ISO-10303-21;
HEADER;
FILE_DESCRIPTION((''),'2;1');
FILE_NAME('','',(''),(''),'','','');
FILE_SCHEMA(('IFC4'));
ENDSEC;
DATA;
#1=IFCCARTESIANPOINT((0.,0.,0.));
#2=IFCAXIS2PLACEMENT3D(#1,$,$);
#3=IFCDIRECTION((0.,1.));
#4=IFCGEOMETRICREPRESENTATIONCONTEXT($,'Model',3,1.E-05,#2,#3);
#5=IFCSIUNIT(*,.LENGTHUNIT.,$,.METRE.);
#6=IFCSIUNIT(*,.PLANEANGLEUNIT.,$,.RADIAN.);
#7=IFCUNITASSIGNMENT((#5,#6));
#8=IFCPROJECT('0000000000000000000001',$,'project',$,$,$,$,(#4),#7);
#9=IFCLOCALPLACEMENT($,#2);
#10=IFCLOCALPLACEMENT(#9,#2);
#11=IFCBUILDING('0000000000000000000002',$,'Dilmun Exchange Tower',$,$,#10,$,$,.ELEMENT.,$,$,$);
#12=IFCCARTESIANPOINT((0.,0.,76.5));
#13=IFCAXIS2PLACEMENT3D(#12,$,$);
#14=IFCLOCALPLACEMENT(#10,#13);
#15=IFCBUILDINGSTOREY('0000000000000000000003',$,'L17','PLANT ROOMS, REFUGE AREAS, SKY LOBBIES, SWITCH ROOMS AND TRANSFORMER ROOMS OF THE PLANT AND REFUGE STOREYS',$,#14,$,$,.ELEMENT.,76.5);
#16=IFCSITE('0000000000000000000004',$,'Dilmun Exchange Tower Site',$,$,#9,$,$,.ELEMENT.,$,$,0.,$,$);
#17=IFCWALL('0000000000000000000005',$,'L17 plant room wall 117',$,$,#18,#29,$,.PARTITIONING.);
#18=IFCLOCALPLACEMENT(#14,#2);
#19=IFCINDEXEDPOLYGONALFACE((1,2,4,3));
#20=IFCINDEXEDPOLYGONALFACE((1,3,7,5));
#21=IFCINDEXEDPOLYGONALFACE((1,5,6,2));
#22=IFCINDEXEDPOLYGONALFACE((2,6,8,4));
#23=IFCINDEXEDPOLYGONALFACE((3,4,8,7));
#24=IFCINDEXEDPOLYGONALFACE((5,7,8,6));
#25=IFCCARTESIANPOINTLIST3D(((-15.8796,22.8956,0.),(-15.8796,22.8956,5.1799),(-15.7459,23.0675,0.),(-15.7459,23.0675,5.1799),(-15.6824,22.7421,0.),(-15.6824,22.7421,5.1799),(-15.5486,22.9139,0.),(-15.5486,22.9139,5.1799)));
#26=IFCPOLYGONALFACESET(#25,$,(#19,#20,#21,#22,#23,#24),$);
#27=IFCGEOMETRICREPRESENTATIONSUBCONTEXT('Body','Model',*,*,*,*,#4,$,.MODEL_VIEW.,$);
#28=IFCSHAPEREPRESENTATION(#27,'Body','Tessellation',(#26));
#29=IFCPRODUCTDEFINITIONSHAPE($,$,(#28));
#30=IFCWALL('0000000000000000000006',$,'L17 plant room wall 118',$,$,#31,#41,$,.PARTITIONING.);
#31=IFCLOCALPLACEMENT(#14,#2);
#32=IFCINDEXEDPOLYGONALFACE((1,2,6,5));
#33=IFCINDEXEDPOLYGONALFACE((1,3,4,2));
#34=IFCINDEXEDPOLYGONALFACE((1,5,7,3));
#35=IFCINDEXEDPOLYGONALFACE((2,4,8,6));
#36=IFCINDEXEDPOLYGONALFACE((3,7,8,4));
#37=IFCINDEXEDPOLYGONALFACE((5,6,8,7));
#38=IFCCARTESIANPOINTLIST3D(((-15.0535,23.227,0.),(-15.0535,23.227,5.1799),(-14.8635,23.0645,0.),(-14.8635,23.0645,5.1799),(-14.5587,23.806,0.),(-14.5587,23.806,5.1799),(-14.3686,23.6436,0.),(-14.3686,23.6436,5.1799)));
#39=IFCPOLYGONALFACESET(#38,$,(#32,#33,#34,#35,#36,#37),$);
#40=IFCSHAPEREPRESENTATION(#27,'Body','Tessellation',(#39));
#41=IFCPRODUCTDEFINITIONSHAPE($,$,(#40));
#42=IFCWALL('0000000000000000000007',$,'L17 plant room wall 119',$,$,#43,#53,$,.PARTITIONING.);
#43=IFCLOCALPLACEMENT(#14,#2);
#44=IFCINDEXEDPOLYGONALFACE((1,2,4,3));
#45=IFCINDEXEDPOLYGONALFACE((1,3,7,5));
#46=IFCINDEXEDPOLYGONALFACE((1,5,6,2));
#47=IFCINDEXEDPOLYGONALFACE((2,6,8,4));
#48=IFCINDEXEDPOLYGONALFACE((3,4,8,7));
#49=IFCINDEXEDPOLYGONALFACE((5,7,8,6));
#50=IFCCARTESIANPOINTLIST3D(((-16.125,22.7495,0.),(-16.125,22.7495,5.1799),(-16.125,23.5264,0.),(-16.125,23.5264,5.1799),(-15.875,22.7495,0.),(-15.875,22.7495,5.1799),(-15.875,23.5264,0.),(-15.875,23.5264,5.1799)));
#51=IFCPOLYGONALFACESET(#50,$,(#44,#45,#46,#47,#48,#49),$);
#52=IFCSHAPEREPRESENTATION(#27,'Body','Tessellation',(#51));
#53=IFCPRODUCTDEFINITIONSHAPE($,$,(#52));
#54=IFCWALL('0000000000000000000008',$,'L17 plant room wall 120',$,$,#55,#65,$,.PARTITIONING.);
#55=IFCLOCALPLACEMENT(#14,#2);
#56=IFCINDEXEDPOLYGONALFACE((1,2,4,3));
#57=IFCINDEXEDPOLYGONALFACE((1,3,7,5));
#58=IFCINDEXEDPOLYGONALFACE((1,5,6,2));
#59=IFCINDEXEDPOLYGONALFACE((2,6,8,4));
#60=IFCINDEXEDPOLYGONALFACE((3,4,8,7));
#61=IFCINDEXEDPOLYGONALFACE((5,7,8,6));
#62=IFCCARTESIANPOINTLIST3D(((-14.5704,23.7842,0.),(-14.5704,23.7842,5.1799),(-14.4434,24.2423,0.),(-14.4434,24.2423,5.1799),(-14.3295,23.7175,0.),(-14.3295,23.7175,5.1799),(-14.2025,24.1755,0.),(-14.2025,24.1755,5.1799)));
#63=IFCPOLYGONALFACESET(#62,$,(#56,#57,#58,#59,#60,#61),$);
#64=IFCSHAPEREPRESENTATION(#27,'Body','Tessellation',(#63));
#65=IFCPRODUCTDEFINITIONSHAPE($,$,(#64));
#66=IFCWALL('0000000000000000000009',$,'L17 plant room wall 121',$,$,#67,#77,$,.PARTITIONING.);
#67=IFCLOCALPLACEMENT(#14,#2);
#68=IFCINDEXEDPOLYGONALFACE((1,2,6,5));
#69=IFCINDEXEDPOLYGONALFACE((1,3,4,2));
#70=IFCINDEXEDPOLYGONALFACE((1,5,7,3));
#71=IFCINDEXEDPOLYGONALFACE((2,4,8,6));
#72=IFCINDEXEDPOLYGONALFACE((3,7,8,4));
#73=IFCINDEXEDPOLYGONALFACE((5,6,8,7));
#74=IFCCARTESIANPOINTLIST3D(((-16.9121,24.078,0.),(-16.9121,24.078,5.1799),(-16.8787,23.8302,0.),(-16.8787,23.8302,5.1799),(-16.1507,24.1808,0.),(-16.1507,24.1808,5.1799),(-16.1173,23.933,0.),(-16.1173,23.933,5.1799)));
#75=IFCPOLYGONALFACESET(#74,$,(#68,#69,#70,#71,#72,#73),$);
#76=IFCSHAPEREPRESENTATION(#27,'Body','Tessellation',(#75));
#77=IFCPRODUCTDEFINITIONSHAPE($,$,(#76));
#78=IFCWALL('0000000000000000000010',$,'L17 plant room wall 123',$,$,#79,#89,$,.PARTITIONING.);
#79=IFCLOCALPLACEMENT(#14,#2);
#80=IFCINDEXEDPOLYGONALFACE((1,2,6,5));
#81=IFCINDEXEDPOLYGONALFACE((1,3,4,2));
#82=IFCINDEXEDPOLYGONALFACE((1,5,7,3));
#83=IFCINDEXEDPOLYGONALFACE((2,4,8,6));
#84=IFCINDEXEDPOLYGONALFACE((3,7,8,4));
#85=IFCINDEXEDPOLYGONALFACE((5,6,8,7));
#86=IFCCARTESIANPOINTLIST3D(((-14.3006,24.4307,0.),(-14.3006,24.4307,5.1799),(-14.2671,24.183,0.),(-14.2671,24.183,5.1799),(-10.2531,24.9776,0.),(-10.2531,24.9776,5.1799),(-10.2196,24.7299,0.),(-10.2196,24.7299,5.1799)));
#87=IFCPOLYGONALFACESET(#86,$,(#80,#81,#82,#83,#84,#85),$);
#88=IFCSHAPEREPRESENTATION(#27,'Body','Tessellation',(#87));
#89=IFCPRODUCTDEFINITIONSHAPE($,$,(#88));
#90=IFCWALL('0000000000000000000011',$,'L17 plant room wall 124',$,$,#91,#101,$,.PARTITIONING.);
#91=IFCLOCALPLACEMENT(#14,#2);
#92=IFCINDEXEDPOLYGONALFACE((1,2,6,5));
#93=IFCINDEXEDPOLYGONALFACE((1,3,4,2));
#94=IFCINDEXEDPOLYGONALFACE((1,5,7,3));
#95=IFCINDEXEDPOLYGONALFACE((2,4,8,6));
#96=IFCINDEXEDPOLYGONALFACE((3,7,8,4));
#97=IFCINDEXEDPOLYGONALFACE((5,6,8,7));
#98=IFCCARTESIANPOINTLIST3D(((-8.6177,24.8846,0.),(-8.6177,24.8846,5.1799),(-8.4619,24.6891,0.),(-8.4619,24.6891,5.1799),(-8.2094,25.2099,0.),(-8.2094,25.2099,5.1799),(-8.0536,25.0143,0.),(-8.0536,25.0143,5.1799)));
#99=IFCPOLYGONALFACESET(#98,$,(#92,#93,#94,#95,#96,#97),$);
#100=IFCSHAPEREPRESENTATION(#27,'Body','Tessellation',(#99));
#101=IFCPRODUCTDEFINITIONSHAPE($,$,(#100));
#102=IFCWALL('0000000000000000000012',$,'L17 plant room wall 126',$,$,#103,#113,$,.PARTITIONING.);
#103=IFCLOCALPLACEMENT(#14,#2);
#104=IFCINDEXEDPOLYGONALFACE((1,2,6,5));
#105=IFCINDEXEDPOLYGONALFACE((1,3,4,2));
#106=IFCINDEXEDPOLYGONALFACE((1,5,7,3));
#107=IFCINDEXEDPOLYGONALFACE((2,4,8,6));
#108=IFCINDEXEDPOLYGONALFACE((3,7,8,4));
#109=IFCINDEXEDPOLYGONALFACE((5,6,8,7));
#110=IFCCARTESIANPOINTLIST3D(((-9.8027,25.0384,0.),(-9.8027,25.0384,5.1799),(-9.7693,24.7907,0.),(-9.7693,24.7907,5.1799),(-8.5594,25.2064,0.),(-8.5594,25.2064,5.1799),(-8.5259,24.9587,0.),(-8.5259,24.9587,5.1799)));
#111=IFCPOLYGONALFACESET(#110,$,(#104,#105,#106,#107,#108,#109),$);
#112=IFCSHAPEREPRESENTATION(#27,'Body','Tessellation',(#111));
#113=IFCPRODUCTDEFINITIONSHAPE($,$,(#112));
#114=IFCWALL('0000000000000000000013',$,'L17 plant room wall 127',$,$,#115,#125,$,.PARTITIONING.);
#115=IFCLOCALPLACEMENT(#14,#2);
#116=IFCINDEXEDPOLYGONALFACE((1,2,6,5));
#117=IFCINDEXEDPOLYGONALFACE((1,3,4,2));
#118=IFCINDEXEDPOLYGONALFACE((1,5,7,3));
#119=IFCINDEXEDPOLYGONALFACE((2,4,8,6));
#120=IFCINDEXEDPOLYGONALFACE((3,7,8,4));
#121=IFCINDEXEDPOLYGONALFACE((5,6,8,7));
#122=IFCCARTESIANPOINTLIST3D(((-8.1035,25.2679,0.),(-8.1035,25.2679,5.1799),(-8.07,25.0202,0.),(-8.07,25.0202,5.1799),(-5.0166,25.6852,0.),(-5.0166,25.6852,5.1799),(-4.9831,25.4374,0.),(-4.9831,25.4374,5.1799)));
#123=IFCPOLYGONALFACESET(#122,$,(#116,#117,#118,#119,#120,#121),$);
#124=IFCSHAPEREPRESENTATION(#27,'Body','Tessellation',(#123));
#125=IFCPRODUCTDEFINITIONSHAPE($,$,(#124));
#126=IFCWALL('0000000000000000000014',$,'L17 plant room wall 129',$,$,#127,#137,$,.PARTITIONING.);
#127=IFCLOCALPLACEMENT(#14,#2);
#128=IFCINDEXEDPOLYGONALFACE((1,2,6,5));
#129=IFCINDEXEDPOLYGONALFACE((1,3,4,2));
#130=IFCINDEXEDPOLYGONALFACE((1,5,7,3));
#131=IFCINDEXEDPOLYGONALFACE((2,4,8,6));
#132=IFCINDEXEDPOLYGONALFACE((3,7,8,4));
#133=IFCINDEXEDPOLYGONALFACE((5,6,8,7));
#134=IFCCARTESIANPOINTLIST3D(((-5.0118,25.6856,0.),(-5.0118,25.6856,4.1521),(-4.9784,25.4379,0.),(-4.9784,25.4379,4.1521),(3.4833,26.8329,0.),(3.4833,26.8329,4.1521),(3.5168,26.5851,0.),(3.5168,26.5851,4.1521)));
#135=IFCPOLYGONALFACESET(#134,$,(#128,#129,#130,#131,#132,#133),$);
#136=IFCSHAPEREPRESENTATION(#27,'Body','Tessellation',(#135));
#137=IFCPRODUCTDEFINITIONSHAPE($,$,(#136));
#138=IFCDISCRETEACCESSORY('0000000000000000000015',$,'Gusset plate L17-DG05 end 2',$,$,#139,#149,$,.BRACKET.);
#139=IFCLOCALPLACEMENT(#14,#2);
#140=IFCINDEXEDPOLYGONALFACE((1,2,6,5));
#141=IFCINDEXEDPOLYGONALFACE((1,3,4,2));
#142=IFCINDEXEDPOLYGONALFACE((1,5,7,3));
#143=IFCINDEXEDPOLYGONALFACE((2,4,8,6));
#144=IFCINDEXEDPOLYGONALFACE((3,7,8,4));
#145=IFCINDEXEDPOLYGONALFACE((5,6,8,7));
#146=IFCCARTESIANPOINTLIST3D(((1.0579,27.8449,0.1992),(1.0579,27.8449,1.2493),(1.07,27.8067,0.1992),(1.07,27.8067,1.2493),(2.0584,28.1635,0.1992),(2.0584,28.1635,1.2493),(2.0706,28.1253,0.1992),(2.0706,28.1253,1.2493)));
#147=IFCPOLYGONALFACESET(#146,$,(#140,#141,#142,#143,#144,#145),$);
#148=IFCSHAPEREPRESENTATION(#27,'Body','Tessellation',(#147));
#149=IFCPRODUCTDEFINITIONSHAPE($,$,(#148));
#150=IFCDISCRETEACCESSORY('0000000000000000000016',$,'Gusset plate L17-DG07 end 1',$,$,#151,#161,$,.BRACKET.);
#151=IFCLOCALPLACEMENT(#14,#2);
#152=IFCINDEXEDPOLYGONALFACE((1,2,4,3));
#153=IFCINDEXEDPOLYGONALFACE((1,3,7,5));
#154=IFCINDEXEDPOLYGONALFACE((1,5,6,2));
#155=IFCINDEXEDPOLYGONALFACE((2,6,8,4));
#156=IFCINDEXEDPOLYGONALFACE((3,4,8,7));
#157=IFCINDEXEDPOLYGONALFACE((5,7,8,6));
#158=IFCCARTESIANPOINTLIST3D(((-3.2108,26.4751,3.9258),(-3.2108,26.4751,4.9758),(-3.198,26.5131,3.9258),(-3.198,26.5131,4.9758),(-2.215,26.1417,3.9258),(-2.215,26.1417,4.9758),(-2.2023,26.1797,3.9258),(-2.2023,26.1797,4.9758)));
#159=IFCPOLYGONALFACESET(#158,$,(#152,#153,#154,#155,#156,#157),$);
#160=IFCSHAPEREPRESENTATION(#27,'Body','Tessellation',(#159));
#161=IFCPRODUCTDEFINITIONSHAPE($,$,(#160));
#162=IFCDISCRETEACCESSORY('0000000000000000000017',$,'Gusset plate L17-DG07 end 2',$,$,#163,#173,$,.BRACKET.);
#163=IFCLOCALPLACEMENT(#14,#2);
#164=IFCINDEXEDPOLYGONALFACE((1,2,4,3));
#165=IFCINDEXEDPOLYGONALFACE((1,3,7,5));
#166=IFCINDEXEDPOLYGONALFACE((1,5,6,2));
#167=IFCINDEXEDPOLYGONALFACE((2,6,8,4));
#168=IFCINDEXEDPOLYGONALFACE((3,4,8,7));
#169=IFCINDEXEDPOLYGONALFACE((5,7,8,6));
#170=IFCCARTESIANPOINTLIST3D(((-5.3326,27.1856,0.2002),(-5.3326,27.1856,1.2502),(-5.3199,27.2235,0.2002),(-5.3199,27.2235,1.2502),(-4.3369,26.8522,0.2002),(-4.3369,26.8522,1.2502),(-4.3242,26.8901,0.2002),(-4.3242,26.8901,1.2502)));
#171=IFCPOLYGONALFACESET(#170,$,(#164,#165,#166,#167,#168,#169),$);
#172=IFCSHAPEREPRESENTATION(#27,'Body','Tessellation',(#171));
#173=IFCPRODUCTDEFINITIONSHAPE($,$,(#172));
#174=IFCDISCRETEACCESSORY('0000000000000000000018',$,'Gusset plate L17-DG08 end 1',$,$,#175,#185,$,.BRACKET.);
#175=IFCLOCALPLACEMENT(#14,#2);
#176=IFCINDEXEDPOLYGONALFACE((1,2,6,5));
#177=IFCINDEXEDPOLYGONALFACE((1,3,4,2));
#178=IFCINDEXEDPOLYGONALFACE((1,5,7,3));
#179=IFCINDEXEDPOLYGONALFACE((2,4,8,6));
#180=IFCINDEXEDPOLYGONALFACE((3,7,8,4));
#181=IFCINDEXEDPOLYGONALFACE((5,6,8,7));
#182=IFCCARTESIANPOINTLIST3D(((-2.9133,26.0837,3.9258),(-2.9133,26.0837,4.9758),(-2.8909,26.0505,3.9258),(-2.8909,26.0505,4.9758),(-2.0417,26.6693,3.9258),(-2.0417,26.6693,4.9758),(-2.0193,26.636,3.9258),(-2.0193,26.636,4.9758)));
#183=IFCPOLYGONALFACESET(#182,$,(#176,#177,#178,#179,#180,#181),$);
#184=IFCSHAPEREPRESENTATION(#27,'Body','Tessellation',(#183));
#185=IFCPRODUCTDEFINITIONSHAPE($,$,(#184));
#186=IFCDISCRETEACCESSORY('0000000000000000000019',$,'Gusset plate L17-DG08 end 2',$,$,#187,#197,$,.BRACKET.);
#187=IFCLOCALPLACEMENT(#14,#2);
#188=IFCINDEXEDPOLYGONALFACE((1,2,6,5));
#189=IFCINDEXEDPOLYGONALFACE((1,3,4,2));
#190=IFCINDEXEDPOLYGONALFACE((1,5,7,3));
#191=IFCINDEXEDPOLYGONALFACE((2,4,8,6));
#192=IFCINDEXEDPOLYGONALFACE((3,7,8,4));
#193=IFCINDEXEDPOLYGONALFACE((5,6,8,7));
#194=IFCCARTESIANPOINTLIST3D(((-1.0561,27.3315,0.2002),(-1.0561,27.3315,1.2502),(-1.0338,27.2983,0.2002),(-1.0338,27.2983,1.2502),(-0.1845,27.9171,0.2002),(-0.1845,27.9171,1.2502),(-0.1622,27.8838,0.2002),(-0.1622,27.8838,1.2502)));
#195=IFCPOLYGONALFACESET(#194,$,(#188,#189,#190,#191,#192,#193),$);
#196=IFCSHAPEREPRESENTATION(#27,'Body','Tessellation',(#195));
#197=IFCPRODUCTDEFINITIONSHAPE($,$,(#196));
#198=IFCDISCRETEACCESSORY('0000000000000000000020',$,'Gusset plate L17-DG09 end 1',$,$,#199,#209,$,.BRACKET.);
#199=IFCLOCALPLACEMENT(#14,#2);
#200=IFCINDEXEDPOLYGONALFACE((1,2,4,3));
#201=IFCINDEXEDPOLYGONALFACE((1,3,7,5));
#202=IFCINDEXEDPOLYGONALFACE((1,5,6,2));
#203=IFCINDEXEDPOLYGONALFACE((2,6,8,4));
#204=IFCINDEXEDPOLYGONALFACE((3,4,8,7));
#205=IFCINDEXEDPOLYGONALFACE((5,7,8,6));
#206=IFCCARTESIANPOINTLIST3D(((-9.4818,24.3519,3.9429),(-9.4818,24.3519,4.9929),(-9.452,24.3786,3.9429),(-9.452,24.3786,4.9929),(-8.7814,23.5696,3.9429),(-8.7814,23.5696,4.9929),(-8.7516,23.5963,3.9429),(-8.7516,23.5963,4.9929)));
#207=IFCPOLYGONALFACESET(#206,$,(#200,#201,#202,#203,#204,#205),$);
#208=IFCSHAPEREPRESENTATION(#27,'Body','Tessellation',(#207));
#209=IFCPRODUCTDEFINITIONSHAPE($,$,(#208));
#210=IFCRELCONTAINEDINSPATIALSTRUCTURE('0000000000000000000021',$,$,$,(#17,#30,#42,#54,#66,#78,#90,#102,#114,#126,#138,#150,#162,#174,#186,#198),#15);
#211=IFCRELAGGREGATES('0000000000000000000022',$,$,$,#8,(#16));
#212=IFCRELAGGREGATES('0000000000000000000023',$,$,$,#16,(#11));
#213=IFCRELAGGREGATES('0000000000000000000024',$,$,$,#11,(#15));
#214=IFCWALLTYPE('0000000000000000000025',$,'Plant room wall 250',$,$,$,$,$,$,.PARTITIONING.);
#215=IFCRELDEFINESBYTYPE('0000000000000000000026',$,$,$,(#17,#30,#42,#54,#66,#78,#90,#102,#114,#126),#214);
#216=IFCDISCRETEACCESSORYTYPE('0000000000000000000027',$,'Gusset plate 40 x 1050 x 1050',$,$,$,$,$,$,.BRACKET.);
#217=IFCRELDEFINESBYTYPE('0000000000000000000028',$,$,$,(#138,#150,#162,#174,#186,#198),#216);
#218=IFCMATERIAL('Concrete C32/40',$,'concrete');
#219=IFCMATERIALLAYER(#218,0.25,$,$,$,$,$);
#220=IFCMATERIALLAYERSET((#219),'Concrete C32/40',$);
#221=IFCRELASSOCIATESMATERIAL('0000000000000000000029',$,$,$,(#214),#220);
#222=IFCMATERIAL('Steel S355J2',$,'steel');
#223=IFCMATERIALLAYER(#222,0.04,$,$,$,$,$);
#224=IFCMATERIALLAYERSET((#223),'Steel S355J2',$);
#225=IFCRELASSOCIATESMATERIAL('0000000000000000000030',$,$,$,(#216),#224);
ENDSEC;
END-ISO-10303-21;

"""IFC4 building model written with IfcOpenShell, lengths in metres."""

from ifc_helpers import new_model, si_unit, direction, frame, frame_2d, origin, origin_2d, place, context, subcontext, project, spatial, rectangle, extrude, material, layer, layer_set, type_object, element, save


model = new_model("IFC4")

# Units and contexts
model_context = context("Model", 3, precision=1e-05, world=origin(), true_north=direction((0.0, 1.0)))
body_context = subcontext(model_context, "Body", "Model", "MODEL_VIEW")
ifc_project = project(units=[si_unit("LENGTHUNIT", "METRE"), si_unit("PLANEANGLEUNIT", "RADIAN")], contexts=[model_context])

# Site, building, storey
site_placement = place(None, origin())
site = spatial("IfcSite", under=ifc_project, at=site_placement, Name="Dilmun Exchange Tower Site", CompositionType="ELEMENT", RefElevation=0.0)
building_placement = place(site_placement, origin())
building = spatial("IfcBuilding", under=site, at=building_placement, Name="Dilmun Exchange Tower", CompositionType="ELEMENT")
storey_placement = place(building_placement, frame((0.0, 0.0, 76.5)))
storey = spatial("IfcBuildingStorey", under=building, at=storey_placement, Name="L17", Description="PLANT ROOMS, REFUGE AREAS, SKY LOBBIES, SWITCH ROOMS AND TRANSFORMER ROOMS OF THE PLANT AND REFUGE STOREYS", CompositionType="ELEMENT", Elevation=76.5)

# Walls
ifc_material_1 = material(Name="Concrete C32/40", Category="concrete")
ifc_layer_1 = layer(ifc_material_1, 0.25)
ifc_layer_set_1 = layer_set([ifc_layer_1], Name="Concrete C32/40")
wall_type = type_object("IfcWallType", Name="Plant room wall 250", PredefinedType="PARTITIONING", material=ifc_layer_set_1)
wall_1_placement = place(storey_placement, frame((-15.781, 22.8188, 0.0), z_axis=(0.0, 0.0, 1.0), x_axis=(0.614251, 0.789111, 0.0)))
element("IfcWall", 1, at=wall_1_placement, inside=storey, type_object=wall_type, Name="L17 plant room wall 117", PredefinedType="PARTITIONING", context=body_context, shape_type="SweptSolid", body=[
    extrude(rectangle(XDim=0.2178, YDim=0.25, at=frame_2d((0.1089, 0.0))), origin(), (0.0, 0.0, 1.0), 5.1799),
])
wall_2_placement = place(storey_placement, frame((-14.9585, 23.1458, 0.0), z_axis=(0.0, 0.0, 1.0), x_axis=(0.649656, 0.760229, 0.0)))
element("IfcWall", 2, at=wall_2_placement, inside=storey, type_object=wall_type, Name="L17 plant room wall 118", PredefinedType="PARTITIONING", context=body_context, shape_type="SweptSolid", body=[
    extrude(rectangle(XDim=0.7617, YDim=0.25, at=frame_2d((0.3809, 0.0))), origin(), (0.0, 0.0, 1.0), 5.1799),
])
wall_3_placement = place(storey_placement, frame((-16.0, 22.7495, 0.0), z_axis=(0.0, 0.0, 1.0), x_axis=(0.0, 1.0, 0.0)))
element("IfcWall", 3, at=wall_3_placement, inside=storey, type_object=wall_type, Name="L17 plant room wall 119", PredefinedType="PARTITIONING", context=body_context, shape_type="SweptSolid", body=[
    extrude(rectangle(XDim=0.7769, YDim=0.25, at=frame_2d((0.3884, 0.0))), origin(), (0.0, 0.0, 1.0), 5.1799),
])
wall_4_placement = place(storey_placement, frame((-14.45, 23.7507, 0.0), z_axis=(0.0, 0.0, 1.0), x_axis=(0.267114, 0.963665, 0.0)))
element("IfcWall", 4, at=wall_4_placement, inside=storey, type_object=wall_type, Name="L17 plant room wall 120", PredefinedType="PARTITIONING", context=body_context, shape_type="SweptSolid", body=[
    extrude(rectangle(XDim=0.4753, YDim=0.25, at=frame_2d((0.2378, 0.0))), origin(), (0.0, 0.0, 1.0), 5.1799),
])
wall_5_placement = place(storey_placement, frame((-16.8955, 23.9541, 0.0), z_axis=(0.0, 0.0, 1.0), x_axis=(0.991013, 0.133766, 0.0)))
element("IfcWall", 5, at=wall_5_placement, inside=storey, type_object=wall_type, Name="L17 plant room wall 121", PredefinedType="PARTITIONING", context=body_context, shape_type="SweptSolid", body=[
    extrude(rectangle(XDim=0.7683, YDim=0.25, at=frame_2d((0.3843, 0.0))), origin(), (0.0, 0.0, 1.0), 5.1799),
])
wall_6_placement = place(storey_placement, frame((-14.2837, 24.3069, 0.0), z_axis=(0.0, 0.0, 1.0), x_axis=(0.990995, 0.133902, 0.0)))
element("IfcWall", 6, at=wall_6_placement, inside=storey, type_object=wall_type, Name="L17 plant room wall 123", PredefinedType="PARTITIONING", context=body_context, shape_type="SweptSolid", body=[
    extrude(rectangle(XDim=4.0842, YDim=0.25, at=frame_2d((2.042, 0.0))), origin(), (0.0, 0.0, 1.0), 5.1799),
])
wall_7_placement = place(storey_placement, frame((-8.5398, 24.7869, 0.0), z_axis=(0.0, 0.0, 1.0), x_axis=(0.782145, 0.623096, 0.0)))
element("IfcWall", 7, at=wall_7_placement, inside=storey, type_object=wall_type, Name="L17 plant room wall 124", PredefinedType="PARTITIONING", context=body_context, shape_type="SweptSolid", body=[
    extrude(rectangle(XDim=0.522, YDim=0.25, at=frame_2d((0.261, 0.0))), origin(), (0.0, 0.0, 1.0), 5.1799),
])
wall_8_placement = place(storey_placement, frame((-9.7861, 24.9146, 0.0), z_axis=(0.0, 0.0, 1.0), x_axis=(0.990999, 0.133871, 0.0)))
element("IfcWall", 8, at=wall_8_placement, inside=storey, type_object=wall_type, Name="L17 plant room wall 126", PredefinedType="PARTITIONING", context=body_context, shape_type="SweptSolid", body=[
    extrude(rectangle(XDim=1.2546, YDim=0.25, at=frame_2d((0.6274, 0.0))), origin(), (0.0, 0.0, 1.0), 5.1799),
])
wall_9_placement = place(storey_placement, frame((-8.0869, 25.144, 0.0), z_axis=(0.0, 0.0, 1.0), x_axis=(0.990989, 0.133945, 0.0)))
element("IfcWall", 9, at=wall_9_placement, inside=storey, type_object=wall_type, Name="L17 plant room wall 127", PredefinedType="PARTITIONING", context=body_context, shape_type="SweptSolid", body=[
    extrude(rectangle(XDim=3.115, YDim=0.25, at=frame_2d((1.5576, 0.0))), origin(), (0.0, 0.0, 1.0), 5.1799),
])
wall_10_placement = place(storey_placement, frame((-4.9951, 25.5618, 0.0), z_axis=(0.0, 0.0, 1.0), x_axis=(0.991004, 0.133829, 0.0)))
element("IfcWall", 10, at=wall_10_placement, inside=storey, type_object=wall_type, Name="L17 plant room wall 129", PredefinedType="PARTITIONING", context=body_context, shape_type="SweptSolid", body=[
    extrude(rectangle(XDim=8.5723, YDim=0.25, at=frame_2d((4.2861, 0.0))), origin(), (0.0, 0.0, 1.0), 4.1521),
])

# Discrete accessories
ifc_material_2 = material(Name="Steel S355J2", Category="steel")
ifc_layer_2 = layer(ifc_material_2, 0.04)
ifc_layer_set_2 = layer_set([ifc_layer_2], Name="Steel S355J2")
discrete_accessory_type = type_object("IfcDiscreteAccessoryType", Name="Gusset plate 40 x 1050 x 1050", PredefinedType="BRACKET", material=ifc_layer_set_2)
for number, where, z_axis, x_axis, name in (
    (11, (1.5642, 27.9851, 0.1992), (0.0, 0.0, 1.0), (-0.952856, -0.303423, 0.0), "Gusset plate L17-DG05 end 2"),
    (12, (-2.7065, 26.3274, 3.9258), (0.0, 0.0, 1.0), (-0.948256, 0.317508, 0.0), "Gusset plate L17-DG07 end 1"),
    (13, (-4.8284, 27.0378, 0.2002), (0.0, 0.0, 1.0), (-0.948256, 0.317508, 0.0), "Gusset plate L17-DG07 end 2"),
    (14, (-2.4663, 26.3599, 3.9258), (0.0, 0.0, 1.0), (0.830064, 0.557668, 0.0), "Gusset plate L17-DG08 end 1"),
    (15, (-0.6091, 27.6077, 0.2002), (0.0, 0.0, 1.0), (0.830064, 0.557668, 0.0), "Gusset plate L17-DG08 end 2"),
    (16, (-9.1167, 23.9741, 3.9429), (0.0, 0.0, 1.0), (-0.667067, 0.744998, 0.0), "Gusset plate L17-DG09 end 1"),
):
    element("IfcDiscreteAccessory", number, at=place(storey_placement, frame(where, z_axis=z_axis, x_axis=x_axis)), inside=storey, type_object=discrete_accessory_type, Name=name, PredefinedType="BRACKET", context=body_context, shape_type="SweptSolid", body=[
        extrude(rectangle(XDim=1.05, YDim=0.04, at=origin_2d()), origin(), (0.0, 0.0, 1.0), 1.05),
    ])

save(model, "model.ifc")
